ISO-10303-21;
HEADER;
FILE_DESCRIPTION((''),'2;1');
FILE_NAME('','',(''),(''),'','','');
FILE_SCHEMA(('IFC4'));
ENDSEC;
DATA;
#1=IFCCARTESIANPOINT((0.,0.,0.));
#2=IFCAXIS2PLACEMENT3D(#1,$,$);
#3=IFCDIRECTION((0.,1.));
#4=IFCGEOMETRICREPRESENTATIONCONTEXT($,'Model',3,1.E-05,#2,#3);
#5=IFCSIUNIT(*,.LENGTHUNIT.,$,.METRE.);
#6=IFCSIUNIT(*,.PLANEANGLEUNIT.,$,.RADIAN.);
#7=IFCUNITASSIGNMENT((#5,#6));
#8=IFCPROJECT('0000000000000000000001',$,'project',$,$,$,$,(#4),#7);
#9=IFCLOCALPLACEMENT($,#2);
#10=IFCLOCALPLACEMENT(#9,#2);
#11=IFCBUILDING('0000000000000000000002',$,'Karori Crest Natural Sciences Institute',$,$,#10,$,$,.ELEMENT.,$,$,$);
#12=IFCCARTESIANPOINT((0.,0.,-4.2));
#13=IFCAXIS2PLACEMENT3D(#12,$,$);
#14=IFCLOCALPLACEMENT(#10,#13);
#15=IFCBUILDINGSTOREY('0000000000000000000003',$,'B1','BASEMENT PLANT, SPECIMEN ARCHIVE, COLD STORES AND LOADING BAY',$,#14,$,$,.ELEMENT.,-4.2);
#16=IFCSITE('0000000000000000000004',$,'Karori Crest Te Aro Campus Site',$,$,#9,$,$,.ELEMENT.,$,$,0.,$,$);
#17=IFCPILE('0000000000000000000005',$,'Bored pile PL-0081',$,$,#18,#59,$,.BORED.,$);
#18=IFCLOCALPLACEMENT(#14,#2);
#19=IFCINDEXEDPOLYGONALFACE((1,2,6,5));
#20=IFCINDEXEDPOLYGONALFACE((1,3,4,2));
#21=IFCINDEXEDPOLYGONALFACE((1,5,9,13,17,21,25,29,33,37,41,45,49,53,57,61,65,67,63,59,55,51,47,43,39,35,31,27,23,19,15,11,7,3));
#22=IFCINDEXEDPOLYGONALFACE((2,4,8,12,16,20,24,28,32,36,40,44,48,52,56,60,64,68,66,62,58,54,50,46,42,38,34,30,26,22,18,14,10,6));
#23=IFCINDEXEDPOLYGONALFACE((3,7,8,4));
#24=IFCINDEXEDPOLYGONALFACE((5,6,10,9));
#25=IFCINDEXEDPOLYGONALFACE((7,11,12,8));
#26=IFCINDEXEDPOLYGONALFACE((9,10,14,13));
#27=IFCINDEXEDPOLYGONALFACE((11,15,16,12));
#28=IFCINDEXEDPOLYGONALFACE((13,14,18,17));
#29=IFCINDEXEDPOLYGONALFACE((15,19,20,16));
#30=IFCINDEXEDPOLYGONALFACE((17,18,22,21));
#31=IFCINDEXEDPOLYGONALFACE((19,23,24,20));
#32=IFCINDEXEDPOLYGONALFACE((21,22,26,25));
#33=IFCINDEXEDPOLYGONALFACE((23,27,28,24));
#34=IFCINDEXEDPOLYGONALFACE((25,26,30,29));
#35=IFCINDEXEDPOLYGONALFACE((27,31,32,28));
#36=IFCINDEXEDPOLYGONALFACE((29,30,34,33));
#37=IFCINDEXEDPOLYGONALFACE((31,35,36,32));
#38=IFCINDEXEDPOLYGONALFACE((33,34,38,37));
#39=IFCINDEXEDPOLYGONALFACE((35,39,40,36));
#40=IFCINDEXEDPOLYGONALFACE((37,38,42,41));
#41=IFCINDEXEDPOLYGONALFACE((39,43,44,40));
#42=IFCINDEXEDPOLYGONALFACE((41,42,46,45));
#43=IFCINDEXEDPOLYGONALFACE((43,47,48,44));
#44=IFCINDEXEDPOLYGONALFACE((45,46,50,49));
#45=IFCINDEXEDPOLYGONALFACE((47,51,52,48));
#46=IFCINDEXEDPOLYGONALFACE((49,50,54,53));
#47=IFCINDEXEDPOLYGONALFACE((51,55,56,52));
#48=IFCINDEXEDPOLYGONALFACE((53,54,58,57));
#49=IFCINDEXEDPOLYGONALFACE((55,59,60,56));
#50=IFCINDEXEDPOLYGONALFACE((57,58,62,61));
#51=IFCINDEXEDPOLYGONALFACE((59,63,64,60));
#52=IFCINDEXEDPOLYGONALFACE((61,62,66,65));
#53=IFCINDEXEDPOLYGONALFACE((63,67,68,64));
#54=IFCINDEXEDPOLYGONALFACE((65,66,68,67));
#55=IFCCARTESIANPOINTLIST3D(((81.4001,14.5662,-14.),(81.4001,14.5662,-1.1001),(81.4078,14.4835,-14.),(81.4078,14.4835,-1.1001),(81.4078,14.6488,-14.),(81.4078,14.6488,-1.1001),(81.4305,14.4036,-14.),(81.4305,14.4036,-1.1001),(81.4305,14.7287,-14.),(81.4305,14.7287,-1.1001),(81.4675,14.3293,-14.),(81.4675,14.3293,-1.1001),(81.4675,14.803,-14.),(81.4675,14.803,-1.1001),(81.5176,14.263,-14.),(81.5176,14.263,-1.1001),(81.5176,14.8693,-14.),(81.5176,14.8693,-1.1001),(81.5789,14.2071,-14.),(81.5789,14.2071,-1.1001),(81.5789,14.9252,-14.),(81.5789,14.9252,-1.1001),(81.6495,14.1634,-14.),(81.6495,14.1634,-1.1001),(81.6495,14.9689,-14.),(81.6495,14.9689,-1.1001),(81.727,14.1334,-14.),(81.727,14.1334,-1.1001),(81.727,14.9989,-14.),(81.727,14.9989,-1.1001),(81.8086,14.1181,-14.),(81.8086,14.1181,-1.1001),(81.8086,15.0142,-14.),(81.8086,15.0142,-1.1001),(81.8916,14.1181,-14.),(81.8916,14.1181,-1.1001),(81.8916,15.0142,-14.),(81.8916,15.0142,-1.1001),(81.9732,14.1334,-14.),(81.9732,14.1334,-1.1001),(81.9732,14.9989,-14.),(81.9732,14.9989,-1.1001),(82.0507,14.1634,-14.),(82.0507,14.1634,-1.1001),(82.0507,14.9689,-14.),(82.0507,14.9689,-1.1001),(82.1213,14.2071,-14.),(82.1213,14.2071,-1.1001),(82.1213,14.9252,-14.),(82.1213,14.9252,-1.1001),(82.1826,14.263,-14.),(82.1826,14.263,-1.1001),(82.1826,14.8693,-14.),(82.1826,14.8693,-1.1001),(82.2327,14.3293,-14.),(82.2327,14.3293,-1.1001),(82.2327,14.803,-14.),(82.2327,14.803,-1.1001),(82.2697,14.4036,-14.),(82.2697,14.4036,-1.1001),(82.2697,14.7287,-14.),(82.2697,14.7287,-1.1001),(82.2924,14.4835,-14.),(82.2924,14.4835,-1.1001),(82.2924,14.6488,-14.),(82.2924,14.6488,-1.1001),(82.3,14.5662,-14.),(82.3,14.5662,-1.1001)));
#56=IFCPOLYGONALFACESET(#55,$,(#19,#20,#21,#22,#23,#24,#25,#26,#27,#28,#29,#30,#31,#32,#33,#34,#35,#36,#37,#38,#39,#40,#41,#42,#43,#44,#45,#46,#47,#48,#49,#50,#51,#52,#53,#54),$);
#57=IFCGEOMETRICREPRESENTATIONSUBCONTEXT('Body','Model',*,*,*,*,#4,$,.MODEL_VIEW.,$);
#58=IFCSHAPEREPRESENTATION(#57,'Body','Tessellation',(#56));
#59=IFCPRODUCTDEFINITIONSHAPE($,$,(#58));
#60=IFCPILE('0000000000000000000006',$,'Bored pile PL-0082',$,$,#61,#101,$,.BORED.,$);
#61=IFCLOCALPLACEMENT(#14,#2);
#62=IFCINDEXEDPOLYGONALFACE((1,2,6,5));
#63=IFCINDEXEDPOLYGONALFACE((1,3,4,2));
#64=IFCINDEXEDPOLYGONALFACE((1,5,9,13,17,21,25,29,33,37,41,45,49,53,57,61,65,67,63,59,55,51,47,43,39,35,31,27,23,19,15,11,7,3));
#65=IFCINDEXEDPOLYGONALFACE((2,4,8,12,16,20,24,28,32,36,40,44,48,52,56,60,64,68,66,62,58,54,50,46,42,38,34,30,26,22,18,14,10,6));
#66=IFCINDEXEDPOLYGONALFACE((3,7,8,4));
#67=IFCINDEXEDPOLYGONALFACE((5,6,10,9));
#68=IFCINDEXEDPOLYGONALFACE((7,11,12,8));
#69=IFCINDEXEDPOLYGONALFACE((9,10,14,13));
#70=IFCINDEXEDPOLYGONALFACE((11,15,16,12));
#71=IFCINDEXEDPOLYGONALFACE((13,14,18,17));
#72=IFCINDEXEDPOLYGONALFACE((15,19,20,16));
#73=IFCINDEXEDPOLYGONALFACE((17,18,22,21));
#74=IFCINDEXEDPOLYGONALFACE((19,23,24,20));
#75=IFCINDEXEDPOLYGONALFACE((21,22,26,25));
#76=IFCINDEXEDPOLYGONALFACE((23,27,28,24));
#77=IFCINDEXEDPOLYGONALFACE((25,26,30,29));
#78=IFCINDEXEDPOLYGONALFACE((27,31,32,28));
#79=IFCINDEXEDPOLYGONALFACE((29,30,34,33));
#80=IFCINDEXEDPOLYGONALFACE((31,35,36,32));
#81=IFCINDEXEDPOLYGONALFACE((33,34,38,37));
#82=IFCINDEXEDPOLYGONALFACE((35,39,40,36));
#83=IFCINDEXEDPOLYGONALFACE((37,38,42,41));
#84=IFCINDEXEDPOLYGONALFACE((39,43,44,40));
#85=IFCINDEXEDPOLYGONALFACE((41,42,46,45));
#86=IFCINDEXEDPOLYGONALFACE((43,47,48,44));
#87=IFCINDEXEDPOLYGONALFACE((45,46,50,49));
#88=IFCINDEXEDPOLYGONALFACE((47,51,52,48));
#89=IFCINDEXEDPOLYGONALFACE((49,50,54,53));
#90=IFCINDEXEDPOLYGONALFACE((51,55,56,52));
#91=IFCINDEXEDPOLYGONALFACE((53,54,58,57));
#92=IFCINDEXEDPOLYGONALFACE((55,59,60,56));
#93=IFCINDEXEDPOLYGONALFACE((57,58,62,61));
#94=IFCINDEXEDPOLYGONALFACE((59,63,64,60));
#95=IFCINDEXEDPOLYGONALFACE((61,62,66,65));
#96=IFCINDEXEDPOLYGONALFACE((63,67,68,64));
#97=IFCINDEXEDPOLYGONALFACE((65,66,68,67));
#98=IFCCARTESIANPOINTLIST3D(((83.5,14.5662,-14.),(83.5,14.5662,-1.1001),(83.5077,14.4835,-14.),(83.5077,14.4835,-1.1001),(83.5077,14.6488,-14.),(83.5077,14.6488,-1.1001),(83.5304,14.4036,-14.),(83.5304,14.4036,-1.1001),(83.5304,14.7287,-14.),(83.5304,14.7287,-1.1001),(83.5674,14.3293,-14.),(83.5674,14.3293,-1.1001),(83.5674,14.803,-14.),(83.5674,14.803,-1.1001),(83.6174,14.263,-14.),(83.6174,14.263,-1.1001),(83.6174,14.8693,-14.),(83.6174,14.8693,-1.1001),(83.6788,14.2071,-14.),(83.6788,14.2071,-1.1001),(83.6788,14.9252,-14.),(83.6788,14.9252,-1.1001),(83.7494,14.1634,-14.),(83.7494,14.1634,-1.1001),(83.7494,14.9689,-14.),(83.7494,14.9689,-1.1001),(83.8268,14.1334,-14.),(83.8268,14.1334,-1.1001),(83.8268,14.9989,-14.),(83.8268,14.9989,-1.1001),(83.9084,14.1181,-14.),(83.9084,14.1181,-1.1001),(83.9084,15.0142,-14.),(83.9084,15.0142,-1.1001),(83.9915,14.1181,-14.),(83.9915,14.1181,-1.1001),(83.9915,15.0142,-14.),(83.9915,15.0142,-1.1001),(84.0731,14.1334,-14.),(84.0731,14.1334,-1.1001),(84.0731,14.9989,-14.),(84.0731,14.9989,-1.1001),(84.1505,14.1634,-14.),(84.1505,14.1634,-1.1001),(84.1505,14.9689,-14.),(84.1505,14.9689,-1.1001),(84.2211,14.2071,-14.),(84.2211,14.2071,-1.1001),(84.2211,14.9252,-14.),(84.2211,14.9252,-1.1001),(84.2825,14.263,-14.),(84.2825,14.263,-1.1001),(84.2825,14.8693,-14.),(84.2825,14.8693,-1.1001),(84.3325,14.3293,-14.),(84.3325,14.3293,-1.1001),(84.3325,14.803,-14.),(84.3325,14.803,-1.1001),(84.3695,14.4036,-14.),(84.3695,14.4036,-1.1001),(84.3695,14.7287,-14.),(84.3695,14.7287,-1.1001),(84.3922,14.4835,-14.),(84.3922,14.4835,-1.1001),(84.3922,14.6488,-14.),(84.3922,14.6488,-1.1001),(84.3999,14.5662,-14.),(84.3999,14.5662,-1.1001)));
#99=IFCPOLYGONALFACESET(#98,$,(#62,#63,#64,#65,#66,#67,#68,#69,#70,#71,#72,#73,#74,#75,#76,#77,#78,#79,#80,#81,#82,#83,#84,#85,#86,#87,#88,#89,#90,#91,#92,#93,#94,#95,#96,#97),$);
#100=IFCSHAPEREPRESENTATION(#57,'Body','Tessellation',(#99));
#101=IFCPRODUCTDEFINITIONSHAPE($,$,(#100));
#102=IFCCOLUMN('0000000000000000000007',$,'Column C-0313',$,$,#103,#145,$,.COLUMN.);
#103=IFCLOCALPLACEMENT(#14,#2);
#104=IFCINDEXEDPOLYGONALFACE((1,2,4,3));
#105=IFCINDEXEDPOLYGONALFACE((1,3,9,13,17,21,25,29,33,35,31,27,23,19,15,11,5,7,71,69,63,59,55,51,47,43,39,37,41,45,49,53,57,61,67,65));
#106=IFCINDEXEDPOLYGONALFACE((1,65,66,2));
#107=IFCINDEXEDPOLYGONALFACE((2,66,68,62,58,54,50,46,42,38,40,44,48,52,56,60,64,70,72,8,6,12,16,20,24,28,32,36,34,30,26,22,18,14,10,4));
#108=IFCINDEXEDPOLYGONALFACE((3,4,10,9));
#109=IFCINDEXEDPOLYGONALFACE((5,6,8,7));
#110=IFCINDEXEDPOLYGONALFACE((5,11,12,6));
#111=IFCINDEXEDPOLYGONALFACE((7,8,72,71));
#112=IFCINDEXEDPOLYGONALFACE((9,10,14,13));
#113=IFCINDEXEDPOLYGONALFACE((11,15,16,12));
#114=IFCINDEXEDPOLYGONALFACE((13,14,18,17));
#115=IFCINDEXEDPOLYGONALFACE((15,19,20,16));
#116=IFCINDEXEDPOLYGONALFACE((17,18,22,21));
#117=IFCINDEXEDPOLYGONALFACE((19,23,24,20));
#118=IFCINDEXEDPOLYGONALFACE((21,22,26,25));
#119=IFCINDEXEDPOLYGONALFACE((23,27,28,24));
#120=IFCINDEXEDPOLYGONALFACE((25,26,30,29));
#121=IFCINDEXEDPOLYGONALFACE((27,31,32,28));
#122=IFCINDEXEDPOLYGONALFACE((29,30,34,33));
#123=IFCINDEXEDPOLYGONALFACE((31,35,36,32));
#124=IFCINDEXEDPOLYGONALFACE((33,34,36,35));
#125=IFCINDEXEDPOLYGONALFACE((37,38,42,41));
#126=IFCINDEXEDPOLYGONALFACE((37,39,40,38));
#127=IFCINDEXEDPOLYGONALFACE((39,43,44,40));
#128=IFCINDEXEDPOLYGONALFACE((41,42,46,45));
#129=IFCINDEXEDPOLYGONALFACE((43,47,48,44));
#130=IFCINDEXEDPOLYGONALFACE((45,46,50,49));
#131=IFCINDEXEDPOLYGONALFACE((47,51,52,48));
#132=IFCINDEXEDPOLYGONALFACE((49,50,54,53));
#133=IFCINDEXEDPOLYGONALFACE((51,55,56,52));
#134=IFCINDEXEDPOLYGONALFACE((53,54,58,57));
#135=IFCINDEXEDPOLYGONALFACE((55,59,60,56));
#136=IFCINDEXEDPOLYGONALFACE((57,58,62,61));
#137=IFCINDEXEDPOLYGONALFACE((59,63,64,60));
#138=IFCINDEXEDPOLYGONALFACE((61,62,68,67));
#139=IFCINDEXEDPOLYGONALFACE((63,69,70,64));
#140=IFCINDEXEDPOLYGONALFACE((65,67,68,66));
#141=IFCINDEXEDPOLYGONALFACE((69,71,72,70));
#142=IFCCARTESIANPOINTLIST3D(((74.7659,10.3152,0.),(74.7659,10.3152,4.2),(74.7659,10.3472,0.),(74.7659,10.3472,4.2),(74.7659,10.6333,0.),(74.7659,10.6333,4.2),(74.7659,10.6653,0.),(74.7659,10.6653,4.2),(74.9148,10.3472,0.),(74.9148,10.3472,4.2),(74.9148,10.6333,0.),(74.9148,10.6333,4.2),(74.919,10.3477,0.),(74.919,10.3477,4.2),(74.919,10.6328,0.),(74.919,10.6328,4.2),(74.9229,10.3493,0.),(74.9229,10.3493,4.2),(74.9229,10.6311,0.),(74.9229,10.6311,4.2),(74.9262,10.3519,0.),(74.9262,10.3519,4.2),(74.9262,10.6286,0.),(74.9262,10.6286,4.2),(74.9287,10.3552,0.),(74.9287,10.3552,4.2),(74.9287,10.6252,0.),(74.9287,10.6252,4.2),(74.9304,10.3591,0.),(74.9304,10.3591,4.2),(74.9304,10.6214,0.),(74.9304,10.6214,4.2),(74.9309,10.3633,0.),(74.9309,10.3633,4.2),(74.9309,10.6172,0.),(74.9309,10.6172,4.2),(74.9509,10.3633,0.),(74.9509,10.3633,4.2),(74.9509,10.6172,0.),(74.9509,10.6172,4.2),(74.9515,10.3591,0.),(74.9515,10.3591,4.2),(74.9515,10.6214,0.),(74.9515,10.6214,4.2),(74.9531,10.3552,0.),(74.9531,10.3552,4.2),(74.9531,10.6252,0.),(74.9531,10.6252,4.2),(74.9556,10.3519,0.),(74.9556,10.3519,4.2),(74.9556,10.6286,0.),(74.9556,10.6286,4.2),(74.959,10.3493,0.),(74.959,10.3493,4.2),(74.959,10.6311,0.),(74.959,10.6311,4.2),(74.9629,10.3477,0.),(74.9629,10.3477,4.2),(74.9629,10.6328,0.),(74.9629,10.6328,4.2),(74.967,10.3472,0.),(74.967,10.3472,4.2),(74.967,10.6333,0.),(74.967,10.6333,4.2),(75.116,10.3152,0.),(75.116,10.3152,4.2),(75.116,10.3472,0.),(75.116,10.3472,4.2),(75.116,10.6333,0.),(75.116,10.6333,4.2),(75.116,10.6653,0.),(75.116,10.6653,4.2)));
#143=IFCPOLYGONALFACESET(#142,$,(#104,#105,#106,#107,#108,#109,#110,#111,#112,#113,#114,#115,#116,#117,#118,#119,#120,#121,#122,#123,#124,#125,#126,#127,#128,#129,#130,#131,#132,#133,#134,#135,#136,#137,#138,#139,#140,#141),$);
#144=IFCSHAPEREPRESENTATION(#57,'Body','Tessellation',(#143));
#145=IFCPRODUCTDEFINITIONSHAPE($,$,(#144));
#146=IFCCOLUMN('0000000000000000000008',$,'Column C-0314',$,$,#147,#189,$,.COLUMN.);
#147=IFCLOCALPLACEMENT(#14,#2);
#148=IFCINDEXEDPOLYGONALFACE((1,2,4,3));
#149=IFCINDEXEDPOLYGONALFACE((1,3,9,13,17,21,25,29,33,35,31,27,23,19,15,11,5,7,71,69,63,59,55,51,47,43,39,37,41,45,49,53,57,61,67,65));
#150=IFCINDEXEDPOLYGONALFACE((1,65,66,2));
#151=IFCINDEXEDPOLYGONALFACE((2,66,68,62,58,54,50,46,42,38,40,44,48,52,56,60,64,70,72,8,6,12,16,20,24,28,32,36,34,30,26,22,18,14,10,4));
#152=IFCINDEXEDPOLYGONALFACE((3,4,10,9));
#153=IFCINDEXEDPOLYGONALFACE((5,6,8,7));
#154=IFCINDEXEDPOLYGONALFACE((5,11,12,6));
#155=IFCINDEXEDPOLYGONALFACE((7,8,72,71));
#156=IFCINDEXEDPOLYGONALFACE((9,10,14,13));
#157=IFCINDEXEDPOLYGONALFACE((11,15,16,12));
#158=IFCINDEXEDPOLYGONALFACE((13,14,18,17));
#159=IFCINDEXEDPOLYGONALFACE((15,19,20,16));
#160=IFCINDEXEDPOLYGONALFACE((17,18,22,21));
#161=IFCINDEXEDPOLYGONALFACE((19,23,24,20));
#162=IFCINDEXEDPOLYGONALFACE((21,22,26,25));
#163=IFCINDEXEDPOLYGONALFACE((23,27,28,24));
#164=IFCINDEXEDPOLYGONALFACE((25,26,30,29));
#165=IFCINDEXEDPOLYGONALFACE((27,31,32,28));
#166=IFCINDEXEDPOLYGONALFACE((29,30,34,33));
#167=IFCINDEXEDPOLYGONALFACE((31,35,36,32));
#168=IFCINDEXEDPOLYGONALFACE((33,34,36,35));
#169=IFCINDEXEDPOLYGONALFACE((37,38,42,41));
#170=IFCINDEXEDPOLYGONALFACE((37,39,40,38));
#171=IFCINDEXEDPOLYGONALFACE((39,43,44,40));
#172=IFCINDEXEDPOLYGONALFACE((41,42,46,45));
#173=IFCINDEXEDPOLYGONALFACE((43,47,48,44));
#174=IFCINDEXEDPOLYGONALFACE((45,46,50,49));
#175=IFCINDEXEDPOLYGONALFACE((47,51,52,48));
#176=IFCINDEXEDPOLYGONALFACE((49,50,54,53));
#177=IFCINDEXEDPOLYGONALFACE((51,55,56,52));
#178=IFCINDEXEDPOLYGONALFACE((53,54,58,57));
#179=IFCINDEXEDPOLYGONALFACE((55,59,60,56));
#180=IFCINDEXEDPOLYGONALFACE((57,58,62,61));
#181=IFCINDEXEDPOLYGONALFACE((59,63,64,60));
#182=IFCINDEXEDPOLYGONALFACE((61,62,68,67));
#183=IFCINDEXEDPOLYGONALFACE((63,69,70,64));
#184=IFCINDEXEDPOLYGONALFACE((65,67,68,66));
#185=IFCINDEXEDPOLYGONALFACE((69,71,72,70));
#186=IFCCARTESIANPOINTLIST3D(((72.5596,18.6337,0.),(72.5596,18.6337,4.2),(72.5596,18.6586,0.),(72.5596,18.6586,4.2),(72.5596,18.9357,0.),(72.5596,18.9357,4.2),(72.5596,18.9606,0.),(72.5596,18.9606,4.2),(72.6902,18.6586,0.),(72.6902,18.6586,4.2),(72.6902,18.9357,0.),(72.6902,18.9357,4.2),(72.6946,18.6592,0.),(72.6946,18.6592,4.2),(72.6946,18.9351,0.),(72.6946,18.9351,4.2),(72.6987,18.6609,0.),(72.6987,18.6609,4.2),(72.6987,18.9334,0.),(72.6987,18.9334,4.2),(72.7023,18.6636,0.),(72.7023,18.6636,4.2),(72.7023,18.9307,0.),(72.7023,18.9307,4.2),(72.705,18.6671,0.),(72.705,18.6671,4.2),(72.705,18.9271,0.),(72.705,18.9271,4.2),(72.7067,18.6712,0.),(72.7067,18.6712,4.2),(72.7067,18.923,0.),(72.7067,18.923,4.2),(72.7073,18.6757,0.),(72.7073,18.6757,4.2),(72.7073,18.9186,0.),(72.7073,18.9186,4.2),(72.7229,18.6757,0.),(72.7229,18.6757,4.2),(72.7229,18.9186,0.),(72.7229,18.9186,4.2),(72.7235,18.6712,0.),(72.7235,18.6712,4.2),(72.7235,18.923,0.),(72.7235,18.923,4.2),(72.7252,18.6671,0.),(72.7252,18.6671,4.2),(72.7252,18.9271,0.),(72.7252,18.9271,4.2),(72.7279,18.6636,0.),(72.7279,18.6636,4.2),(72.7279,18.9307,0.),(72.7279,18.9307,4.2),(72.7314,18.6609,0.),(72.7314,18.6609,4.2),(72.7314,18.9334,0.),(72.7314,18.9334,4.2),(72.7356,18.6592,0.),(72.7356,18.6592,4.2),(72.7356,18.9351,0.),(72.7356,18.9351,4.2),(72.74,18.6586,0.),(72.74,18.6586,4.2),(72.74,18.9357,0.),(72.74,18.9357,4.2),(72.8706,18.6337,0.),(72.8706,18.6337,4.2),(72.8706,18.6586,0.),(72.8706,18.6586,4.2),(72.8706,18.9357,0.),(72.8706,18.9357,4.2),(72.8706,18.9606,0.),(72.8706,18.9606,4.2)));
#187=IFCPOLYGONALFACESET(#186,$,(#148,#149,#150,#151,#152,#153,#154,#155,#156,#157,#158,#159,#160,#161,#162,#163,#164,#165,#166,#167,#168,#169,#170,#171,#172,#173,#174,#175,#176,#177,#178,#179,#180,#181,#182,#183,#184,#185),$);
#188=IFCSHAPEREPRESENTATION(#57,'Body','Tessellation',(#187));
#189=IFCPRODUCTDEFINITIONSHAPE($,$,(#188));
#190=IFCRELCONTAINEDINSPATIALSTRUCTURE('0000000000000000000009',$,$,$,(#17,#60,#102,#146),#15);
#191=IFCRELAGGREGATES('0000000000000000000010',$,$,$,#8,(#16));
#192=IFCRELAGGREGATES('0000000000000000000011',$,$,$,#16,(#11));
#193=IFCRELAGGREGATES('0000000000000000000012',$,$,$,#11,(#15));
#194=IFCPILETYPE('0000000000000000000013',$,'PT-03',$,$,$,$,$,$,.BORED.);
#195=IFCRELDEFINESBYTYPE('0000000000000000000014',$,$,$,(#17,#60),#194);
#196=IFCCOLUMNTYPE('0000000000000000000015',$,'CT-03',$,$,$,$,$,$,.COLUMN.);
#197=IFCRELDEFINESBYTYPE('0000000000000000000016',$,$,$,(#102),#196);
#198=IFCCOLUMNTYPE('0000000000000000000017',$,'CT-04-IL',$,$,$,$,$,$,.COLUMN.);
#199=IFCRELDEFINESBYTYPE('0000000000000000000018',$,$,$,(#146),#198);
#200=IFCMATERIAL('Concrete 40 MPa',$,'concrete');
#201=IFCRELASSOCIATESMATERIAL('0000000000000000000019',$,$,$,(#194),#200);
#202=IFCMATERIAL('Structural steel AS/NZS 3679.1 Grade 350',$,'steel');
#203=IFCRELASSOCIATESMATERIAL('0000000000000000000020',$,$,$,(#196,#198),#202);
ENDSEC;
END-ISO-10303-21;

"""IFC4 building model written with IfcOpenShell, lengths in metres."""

from ifc_helpers import new_model, si_unit, direction, frame, origin, origin_2d, place, context, subcontext, project, spatial, circle, i_section, extrude, material, material_profile, profile_set, type_object, element, save


model = new_model("IFC4")

# Units and contexts
model_context = context("Model", 3, precision=1e-05, world=origin(), true_north=direction((0.0, 1.0)))
body_context = subcontext(model_context, "Body", "Model", "MODEL_VIEW")
ifc_project = project(units=[si_unit("LENGTHUNIT", "METRE"), si_unit("PLANEANGLEUNIT", "RADIAN")], contexts=[model_context])

# Site, building, storey
site_placement = place(None, origin())
site = spatial("IfcSite", under=ifc_project, at=site_placement, Name="Karori Crest Te Aro Campus Site", CompositionType="ELEMENT", RefElevation=0.0)
building_placement = place(site_placement, origin())
building = spatial("IfcBuilding", under=site, at=building_placement, Name="Karori Crest Natural Sciences Institute", CompositionType="ELEMENT")
storey_placement = place(building_placement, frame((0.0, 0.0, -4.2)))
storey = spatial("IfcBuildingStorey", under=building, at=storey_placement, Name="B1", Description="BASEMENT PLANT, SPECIMEN ARCHIVE, COLD STORES AND LOADING BAY", CompositionType="ELEMENT", Elevation=-4.2)

# Shared definitions
ifc_material_1 = material(Name="Concrete 40 MPa", Category="concrete")

# Piles
ifc_material_profile_1 = material_profile(ifc_material_1, circle(Radius=0.45, at=origin_2d()), Name="PILE900")
ifc_profile_set_1 = profile_set([ifc_material_profile_1], Name="Concrete 40 MPa")
pile_type_1 = type_object("IfcPileType", Name="PT-03", PredefinedType="BORED", material=ifc_profile_set_1)
for number, where, z_axis, x_axis, name in (
    (1, (81.8501, 14.5662, -1.1001), (0.0, 0.0, -1.0), (1.0, 0.0, 0.0), "Bored pile PL-0081"),
    (2, (83.95, 14.5662, -1.1001), (0.0, 0.0, -1.0), (1.0, 0.0, 0.0), "Bored pile PL-0082"),
):
    element("IfcPile", number, at=place(storey_placement, frame(where, z_axis=z_axis, x_axis=x_axis)), inside=storey, type_object=pile_type_1, Name=name, PredefinedType="BORED", context=body_context, shape_type="SweptSolid", body=[
        extrude(circle(Radius=0.45, at=origin_2d()), origin(), (0.0, 0.0, 1.0), 12.8999),
    ])

# Columns
ifc_material_2 = material(Name="Structural steel AS/NZS 3679.1 Grade 350", Category="steel")
ifc_material_profile_2 = material_profile(ifc_material_2, i_section(OverallWidth=0.3501, OverallDepth=0.3501, WebThickness=0.02, FlangeThickness=0.032, FilletRadius=0.0161, at=origin_2d()), Name="350WC280")
ifc_profile_set_2 = profile_set([ifc_material_profile_2], Name="Structural steel AS/NZS 3679.1 Grade 350")
column_type_1 = type_object("IfcColumnType", Name="CT-03", PredefinedType="COLUMN", material=ifc_profile_set_2)
column_1_placement = place(storey_placement, frame((74.9409, 10.4902, 0.0), z_axis=(0.0, 0.0, 1.0), x_axis=(1.0, 0.0, 0.0)))
element("IfcColumn", 3, at=column_1_placement, inside=storey, type_object=column_type_1, Name="Column C-0313", PredefinedType="COLUMN", context=body_context, shape_type="SweptSolid", body=[
    extrude(i_section(OverallWidth=0.3501, OverallDepth=0.3501, WebThickness=0.02, FlangeThickness=0.032, FilletRadius=0.0161, at=origin_2d()), origin(), (0.0, 0.0, 1.0), 4.2),
])
ifc_material_profile_3 = material_profile(ifc_material_2, i_section(OverallWidth=0.311, OverallDepth=0.3269, WebThickness=0.0156, FlangeThickness=0.0249, FilletRadius=0.0171, at=origin_2d()), Name="310UC158")
ifc_profile_set_3 = profile_set([ifc_material_profile_3], Name="Structural steel AS/NZS 3679.1 Grade 350")
column_type_2 = type_object("IfcColumnType", Name="CT-04-IL", PredefinedType="COLUMN", material=ifc_profile_set_3)
column_2_placement = place(storey_placement, frame((72.7151, 18.7971, 0.0), z_axis=(0.0, 0.0, 1.0), x_axis=(1.0, 0.0, 0.0)))
element("IfcColumn", 4, at=column_2_placement, inside=storey, type_object=column_type_2, Name="Column C-0314", PredefinedType="COLUMN", context=body_context, shape_type="SweptSolid", body=[
    extrude(i_section(OverallWidth=0.311, OverallDepth=0.3269, WebThickness=0.0156, FlangeThickness=0.0249, FilletRadius=0.0171, at=origin_2d()), origin(), (0.0, 0.0, 1.0), 4.2),
])

save(model, "model.ifc")
